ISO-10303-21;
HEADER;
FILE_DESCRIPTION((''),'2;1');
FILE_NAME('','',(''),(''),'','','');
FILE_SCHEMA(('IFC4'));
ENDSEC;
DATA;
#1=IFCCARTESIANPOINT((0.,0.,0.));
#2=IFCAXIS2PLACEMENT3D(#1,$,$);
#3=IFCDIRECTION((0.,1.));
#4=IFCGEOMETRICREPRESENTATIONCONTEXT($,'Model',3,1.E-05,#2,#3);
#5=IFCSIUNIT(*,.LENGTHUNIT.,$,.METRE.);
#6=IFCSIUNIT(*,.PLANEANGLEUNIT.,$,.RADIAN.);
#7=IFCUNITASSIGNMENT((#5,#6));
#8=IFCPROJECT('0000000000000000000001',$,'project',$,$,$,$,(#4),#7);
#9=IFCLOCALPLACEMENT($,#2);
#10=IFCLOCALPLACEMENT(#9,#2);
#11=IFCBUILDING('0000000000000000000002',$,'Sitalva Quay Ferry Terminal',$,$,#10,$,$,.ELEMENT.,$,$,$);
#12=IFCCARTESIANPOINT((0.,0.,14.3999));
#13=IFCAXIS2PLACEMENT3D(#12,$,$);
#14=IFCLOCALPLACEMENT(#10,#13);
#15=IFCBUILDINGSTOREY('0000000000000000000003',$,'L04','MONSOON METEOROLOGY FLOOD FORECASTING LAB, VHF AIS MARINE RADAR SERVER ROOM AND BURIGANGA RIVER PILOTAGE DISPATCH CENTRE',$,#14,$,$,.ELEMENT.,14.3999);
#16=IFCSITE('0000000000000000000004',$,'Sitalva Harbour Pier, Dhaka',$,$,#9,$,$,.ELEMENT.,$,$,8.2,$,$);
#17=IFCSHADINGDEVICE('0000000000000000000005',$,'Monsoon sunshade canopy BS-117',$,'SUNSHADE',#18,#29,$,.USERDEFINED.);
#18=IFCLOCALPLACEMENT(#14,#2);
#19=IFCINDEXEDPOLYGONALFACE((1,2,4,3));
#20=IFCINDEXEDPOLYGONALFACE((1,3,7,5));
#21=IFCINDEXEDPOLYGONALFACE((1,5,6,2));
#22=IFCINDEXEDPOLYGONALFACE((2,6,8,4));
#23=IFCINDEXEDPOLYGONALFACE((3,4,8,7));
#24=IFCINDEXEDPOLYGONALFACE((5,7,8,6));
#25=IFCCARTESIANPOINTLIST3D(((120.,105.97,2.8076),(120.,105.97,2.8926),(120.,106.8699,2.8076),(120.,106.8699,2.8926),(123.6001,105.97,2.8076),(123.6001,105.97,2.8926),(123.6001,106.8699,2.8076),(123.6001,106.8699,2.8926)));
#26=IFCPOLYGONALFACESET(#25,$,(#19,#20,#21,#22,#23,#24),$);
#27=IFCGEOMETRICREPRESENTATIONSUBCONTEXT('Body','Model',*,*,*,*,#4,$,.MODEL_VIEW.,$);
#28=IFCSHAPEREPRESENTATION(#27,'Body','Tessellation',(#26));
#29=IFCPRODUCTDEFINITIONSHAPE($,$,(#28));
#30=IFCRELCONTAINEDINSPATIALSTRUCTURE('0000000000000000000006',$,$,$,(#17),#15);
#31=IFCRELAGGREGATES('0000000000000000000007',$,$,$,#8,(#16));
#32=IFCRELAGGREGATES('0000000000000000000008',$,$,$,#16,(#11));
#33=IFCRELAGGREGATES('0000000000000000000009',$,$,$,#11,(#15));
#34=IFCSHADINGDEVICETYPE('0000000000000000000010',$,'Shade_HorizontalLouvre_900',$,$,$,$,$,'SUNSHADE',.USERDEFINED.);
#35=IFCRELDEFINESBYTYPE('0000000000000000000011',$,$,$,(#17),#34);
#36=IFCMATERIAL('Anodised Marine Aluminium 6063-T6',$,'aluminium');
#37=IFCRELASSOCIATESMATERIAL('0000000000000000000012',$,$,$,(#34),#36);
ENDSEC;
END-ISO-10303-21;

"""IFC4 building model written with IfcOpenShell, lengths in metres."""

from ifc_helpers import new_model, si_unit, direction, frame, origin, origin_2d, place, context, subcontext, project, spatial, rectangle, extrude, material, type_object, element, save


model = new_model("IFC4")

# Units and contexts
model_context = context("Model", 3, precision=1e-05, world=origin(), true_north=direction((0.0, 1.0)))
body_context = subcontext(model_context, "Body", "Model", "MODEL_VIEW")
ifc_project = project(units=[si_unit("LENGTHUNIT", "METRE"), si_unit("PLANEANGLEUNIT", "RADIAN")], contexts=[model_context])

# Site, building, storey
site_placement = place(None, origin())
site = spatial("IfcSite", under=ifc_project, at=site_placement, Name="Sitalva Harbour Pier, Dhaka", CompositionType="ELEMENT", RefElevation=8.2)
building_placement = place(site_placement, origin())
building = spatial("IfcBuilding", under=site, at=building_placement, Name="Sitalva Quay Ferry Terminal", CompositionType="ELEMENT")
storey_placement = place(building_placement, frame((0.0, 0.0, 14.3999)))
storey = spatial("IfcBuildingStorey", under=building, at=storey_placement, Name="L04", Description="MONSOON METEOROLOGY FLOOD FORECASTING LAB, VHF AIS MARINE RADAR SERVER ROOM AND BURIGANGA RIVER PILOTAGE DISPATCH CENTRE", CompositionType="ELEMENT", Elevation=14.3999)

# Shading device
ifc_material_1 = material(Name="Anodised Marine Aluminium 6063-T6", Category="aluminium")
shading_device_type = type_object("IfcShadingDeviceType", Name="Shade_HorizontalLouvre_900", ElementType="SUNSHADE", PredefinedType="USERDEFINED", material=ifc_material_1)
for number, where, z_axis, x_axis, name in (
    (1, (121.8, 106.4199, 2.8076), (0.0, 0.0, 1.0), (1.0, 0.0, 0.0), "Monsoon sunshade canopy BS-117"),
):
    element("IfcShadingDevice", number, at=place(storey_placement, frame(where, z_axis=z_axis, x_axis=x_axis)), inside=storey, type_object=shading_device_type, Name=name, ObjectType="SUNSHADE", PredefinedType="USERDEFINED", context=body_context, shape_type="SweptSolid", body=[
        extrude(rectangle(XDim=3.6001, YDim=0.8999, at=origin_2d()), origin(), (0.0, 0.0, 1.0), 0.085),
    ])

save(model, "model.ifc")
